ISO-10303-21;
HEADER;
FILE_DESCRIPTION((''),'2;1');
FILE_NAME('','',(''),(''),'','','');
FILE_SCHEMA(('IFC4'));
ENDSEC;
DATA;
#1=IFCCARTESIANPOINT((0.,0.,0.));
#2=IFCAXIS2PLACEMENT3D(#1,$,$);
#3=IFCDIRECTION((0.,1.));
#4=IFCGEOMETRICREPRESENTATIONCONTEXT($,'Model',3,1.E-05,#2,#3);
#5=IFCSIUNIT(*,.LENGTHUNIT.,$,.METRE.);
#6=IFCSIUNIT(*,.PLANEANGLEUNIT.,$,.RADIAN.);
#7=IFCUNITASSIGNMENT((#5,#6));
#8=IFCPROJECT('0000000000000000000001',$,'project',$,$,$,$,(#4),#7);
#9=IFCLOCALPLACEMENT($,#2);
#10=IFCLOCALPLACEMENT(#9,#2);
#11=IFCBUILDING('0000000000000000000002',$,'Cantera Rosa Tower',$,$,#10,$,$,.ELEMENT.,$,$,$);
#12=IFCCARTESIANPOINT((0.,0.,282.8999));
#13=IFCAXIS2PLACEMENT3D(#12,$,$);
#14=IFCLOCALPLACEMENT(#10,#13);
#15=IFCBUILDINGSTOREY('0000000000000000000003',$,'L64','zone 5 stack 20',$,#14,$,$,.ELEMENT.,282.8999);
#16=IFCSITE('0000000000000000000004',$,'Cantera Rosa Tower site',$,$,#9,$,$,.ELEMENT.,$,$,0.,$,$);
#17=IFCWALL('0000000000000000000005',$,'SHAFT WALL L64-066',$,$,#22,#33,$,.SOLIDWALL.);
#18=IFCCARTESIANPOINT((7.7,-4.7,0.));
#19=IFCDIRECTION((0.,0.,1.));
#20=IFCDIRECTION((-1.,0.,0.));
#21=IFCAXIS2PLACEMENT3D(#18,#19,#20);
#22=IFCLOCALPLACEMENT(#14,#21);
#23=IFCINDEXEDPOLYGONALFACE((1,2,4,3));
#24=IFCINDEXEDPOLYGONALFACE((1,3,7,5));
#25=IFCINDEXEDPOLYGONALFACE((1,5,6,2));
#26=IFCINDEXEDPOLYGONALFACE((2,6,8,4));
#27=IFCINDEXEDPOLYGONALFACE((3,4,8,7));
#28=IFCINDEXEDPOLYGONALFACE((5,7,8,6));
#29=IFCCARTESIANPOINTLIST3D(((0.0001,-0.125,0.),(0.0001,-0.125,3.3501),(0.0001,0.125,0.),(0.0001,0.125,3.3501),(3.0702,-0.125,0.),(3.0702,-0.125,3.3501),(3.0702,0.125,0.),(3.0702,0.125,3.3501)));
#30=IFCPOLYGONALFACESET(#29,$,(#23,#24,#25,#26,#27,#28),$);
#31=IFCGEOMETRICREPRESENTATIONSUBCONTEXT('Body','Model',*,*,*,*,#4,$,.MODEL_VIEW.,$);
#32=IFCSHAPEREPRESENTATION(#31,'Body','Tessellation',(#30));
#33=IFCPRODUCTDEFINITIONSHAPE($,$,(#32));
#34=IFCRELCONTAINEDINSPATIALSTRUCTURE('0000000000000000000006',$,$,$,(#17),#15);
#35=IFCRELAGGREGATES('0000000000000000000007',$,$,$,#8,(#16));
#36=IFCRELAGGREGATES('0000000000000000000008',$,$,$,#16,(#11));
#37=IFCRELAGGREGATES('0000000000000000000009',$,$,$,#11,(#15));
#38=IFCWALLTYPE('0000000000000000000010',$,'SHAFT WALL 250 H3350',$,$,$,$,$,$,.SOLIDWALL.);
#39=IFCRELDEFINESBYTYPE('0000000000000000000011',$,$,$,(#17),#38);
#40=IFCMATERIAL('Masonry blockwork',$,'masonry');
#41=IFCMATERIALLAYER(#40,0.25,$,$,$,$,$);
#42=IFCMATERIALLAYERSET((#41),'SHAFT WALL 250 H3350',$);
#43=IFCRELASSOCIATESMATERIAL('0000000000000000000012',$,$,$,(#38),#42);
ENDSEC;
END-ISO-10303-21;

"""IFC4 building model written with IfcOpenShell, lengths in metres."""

from ifc_helpers import new_model, si_unit, direction, frame, frame_2d, origin, place, context, subcontext, project, spatial, rectangle, extrude, material, layer, layer_set, type_object, element, save


model = new_model("IFC4")

# Units and contexts
model_context = context("Model", 3, precision=1e-05, world=origin(), true_north=direction((0.0, 1.0)))
body_context = subcontext(model_context, "Body", "Model", "MODEL_VIEW")
ifc_project = project(units=[si_unit("LENGTHUNIT", "METRE"), si_unit("PLANEANGLEUNIT", "RADIAN")], contexts=[model_context])

# Site, building, storey
site_placement = place(None, origin())
site = spatial("IfcSite", under=ifc_project, at=site_placement, Name="Cantera Rosa Tower site", CompositionType="ELEMENT", RefElevation=0.0)
building_placement = place(site_placement, origin())
building = spatial("IfcBuilding", under=site, at=building_placement, Name="Cantera Rosa Tower", CompositionType="ELEMENT")
storey_placement = place(building_placement, frame((0.0, 0.0, 282.8999)))
storey = spatial("IfcBuildingStorey", under=building, at=storey_placement, Name="L64", Description="zone 5 stack 20", CompositionType="ELEMENT", Elevation=282.8999)

# Wall
ifc_material_1 = material(Name="Masonry blockwork", Category="masonry")
ifc_layer_1 = layer(ifc_material_1, 0.25)
ifc_layer_set_1 = layer_set([ifc_layer_1], Name="SHAFT WALL 250 H3350")
wall_type_1 = type_object("IfcWallType", Name="SHAFT WALL 250 H3350", PredefinedType="SOLIDWALL", material=ifc_layer_set_1)
wall_1_placement = place(storey_placement, frame((7.7, -4.7, 0.0), z_axis=(0.0, 0.0, 1.0), x_axis=(-1.0, 0.0, 0.0)))
element("IfcWall", 1, at=wall_1_placement, inside=storey, type_object=wall_type_1, Name="SHAFT WALL L64-066", PredefinedType="SOLIDWALL", context=body_context, shape_type="SweptSolid", body=[
    extrude(rectangle(XDim=3.0701, YDim=0.25, at=frame_2d((1.5352, 0.0))), origin(), (0.0, 0.0, 1.0), 3.3501),
])

save(model, "model.ifc")
